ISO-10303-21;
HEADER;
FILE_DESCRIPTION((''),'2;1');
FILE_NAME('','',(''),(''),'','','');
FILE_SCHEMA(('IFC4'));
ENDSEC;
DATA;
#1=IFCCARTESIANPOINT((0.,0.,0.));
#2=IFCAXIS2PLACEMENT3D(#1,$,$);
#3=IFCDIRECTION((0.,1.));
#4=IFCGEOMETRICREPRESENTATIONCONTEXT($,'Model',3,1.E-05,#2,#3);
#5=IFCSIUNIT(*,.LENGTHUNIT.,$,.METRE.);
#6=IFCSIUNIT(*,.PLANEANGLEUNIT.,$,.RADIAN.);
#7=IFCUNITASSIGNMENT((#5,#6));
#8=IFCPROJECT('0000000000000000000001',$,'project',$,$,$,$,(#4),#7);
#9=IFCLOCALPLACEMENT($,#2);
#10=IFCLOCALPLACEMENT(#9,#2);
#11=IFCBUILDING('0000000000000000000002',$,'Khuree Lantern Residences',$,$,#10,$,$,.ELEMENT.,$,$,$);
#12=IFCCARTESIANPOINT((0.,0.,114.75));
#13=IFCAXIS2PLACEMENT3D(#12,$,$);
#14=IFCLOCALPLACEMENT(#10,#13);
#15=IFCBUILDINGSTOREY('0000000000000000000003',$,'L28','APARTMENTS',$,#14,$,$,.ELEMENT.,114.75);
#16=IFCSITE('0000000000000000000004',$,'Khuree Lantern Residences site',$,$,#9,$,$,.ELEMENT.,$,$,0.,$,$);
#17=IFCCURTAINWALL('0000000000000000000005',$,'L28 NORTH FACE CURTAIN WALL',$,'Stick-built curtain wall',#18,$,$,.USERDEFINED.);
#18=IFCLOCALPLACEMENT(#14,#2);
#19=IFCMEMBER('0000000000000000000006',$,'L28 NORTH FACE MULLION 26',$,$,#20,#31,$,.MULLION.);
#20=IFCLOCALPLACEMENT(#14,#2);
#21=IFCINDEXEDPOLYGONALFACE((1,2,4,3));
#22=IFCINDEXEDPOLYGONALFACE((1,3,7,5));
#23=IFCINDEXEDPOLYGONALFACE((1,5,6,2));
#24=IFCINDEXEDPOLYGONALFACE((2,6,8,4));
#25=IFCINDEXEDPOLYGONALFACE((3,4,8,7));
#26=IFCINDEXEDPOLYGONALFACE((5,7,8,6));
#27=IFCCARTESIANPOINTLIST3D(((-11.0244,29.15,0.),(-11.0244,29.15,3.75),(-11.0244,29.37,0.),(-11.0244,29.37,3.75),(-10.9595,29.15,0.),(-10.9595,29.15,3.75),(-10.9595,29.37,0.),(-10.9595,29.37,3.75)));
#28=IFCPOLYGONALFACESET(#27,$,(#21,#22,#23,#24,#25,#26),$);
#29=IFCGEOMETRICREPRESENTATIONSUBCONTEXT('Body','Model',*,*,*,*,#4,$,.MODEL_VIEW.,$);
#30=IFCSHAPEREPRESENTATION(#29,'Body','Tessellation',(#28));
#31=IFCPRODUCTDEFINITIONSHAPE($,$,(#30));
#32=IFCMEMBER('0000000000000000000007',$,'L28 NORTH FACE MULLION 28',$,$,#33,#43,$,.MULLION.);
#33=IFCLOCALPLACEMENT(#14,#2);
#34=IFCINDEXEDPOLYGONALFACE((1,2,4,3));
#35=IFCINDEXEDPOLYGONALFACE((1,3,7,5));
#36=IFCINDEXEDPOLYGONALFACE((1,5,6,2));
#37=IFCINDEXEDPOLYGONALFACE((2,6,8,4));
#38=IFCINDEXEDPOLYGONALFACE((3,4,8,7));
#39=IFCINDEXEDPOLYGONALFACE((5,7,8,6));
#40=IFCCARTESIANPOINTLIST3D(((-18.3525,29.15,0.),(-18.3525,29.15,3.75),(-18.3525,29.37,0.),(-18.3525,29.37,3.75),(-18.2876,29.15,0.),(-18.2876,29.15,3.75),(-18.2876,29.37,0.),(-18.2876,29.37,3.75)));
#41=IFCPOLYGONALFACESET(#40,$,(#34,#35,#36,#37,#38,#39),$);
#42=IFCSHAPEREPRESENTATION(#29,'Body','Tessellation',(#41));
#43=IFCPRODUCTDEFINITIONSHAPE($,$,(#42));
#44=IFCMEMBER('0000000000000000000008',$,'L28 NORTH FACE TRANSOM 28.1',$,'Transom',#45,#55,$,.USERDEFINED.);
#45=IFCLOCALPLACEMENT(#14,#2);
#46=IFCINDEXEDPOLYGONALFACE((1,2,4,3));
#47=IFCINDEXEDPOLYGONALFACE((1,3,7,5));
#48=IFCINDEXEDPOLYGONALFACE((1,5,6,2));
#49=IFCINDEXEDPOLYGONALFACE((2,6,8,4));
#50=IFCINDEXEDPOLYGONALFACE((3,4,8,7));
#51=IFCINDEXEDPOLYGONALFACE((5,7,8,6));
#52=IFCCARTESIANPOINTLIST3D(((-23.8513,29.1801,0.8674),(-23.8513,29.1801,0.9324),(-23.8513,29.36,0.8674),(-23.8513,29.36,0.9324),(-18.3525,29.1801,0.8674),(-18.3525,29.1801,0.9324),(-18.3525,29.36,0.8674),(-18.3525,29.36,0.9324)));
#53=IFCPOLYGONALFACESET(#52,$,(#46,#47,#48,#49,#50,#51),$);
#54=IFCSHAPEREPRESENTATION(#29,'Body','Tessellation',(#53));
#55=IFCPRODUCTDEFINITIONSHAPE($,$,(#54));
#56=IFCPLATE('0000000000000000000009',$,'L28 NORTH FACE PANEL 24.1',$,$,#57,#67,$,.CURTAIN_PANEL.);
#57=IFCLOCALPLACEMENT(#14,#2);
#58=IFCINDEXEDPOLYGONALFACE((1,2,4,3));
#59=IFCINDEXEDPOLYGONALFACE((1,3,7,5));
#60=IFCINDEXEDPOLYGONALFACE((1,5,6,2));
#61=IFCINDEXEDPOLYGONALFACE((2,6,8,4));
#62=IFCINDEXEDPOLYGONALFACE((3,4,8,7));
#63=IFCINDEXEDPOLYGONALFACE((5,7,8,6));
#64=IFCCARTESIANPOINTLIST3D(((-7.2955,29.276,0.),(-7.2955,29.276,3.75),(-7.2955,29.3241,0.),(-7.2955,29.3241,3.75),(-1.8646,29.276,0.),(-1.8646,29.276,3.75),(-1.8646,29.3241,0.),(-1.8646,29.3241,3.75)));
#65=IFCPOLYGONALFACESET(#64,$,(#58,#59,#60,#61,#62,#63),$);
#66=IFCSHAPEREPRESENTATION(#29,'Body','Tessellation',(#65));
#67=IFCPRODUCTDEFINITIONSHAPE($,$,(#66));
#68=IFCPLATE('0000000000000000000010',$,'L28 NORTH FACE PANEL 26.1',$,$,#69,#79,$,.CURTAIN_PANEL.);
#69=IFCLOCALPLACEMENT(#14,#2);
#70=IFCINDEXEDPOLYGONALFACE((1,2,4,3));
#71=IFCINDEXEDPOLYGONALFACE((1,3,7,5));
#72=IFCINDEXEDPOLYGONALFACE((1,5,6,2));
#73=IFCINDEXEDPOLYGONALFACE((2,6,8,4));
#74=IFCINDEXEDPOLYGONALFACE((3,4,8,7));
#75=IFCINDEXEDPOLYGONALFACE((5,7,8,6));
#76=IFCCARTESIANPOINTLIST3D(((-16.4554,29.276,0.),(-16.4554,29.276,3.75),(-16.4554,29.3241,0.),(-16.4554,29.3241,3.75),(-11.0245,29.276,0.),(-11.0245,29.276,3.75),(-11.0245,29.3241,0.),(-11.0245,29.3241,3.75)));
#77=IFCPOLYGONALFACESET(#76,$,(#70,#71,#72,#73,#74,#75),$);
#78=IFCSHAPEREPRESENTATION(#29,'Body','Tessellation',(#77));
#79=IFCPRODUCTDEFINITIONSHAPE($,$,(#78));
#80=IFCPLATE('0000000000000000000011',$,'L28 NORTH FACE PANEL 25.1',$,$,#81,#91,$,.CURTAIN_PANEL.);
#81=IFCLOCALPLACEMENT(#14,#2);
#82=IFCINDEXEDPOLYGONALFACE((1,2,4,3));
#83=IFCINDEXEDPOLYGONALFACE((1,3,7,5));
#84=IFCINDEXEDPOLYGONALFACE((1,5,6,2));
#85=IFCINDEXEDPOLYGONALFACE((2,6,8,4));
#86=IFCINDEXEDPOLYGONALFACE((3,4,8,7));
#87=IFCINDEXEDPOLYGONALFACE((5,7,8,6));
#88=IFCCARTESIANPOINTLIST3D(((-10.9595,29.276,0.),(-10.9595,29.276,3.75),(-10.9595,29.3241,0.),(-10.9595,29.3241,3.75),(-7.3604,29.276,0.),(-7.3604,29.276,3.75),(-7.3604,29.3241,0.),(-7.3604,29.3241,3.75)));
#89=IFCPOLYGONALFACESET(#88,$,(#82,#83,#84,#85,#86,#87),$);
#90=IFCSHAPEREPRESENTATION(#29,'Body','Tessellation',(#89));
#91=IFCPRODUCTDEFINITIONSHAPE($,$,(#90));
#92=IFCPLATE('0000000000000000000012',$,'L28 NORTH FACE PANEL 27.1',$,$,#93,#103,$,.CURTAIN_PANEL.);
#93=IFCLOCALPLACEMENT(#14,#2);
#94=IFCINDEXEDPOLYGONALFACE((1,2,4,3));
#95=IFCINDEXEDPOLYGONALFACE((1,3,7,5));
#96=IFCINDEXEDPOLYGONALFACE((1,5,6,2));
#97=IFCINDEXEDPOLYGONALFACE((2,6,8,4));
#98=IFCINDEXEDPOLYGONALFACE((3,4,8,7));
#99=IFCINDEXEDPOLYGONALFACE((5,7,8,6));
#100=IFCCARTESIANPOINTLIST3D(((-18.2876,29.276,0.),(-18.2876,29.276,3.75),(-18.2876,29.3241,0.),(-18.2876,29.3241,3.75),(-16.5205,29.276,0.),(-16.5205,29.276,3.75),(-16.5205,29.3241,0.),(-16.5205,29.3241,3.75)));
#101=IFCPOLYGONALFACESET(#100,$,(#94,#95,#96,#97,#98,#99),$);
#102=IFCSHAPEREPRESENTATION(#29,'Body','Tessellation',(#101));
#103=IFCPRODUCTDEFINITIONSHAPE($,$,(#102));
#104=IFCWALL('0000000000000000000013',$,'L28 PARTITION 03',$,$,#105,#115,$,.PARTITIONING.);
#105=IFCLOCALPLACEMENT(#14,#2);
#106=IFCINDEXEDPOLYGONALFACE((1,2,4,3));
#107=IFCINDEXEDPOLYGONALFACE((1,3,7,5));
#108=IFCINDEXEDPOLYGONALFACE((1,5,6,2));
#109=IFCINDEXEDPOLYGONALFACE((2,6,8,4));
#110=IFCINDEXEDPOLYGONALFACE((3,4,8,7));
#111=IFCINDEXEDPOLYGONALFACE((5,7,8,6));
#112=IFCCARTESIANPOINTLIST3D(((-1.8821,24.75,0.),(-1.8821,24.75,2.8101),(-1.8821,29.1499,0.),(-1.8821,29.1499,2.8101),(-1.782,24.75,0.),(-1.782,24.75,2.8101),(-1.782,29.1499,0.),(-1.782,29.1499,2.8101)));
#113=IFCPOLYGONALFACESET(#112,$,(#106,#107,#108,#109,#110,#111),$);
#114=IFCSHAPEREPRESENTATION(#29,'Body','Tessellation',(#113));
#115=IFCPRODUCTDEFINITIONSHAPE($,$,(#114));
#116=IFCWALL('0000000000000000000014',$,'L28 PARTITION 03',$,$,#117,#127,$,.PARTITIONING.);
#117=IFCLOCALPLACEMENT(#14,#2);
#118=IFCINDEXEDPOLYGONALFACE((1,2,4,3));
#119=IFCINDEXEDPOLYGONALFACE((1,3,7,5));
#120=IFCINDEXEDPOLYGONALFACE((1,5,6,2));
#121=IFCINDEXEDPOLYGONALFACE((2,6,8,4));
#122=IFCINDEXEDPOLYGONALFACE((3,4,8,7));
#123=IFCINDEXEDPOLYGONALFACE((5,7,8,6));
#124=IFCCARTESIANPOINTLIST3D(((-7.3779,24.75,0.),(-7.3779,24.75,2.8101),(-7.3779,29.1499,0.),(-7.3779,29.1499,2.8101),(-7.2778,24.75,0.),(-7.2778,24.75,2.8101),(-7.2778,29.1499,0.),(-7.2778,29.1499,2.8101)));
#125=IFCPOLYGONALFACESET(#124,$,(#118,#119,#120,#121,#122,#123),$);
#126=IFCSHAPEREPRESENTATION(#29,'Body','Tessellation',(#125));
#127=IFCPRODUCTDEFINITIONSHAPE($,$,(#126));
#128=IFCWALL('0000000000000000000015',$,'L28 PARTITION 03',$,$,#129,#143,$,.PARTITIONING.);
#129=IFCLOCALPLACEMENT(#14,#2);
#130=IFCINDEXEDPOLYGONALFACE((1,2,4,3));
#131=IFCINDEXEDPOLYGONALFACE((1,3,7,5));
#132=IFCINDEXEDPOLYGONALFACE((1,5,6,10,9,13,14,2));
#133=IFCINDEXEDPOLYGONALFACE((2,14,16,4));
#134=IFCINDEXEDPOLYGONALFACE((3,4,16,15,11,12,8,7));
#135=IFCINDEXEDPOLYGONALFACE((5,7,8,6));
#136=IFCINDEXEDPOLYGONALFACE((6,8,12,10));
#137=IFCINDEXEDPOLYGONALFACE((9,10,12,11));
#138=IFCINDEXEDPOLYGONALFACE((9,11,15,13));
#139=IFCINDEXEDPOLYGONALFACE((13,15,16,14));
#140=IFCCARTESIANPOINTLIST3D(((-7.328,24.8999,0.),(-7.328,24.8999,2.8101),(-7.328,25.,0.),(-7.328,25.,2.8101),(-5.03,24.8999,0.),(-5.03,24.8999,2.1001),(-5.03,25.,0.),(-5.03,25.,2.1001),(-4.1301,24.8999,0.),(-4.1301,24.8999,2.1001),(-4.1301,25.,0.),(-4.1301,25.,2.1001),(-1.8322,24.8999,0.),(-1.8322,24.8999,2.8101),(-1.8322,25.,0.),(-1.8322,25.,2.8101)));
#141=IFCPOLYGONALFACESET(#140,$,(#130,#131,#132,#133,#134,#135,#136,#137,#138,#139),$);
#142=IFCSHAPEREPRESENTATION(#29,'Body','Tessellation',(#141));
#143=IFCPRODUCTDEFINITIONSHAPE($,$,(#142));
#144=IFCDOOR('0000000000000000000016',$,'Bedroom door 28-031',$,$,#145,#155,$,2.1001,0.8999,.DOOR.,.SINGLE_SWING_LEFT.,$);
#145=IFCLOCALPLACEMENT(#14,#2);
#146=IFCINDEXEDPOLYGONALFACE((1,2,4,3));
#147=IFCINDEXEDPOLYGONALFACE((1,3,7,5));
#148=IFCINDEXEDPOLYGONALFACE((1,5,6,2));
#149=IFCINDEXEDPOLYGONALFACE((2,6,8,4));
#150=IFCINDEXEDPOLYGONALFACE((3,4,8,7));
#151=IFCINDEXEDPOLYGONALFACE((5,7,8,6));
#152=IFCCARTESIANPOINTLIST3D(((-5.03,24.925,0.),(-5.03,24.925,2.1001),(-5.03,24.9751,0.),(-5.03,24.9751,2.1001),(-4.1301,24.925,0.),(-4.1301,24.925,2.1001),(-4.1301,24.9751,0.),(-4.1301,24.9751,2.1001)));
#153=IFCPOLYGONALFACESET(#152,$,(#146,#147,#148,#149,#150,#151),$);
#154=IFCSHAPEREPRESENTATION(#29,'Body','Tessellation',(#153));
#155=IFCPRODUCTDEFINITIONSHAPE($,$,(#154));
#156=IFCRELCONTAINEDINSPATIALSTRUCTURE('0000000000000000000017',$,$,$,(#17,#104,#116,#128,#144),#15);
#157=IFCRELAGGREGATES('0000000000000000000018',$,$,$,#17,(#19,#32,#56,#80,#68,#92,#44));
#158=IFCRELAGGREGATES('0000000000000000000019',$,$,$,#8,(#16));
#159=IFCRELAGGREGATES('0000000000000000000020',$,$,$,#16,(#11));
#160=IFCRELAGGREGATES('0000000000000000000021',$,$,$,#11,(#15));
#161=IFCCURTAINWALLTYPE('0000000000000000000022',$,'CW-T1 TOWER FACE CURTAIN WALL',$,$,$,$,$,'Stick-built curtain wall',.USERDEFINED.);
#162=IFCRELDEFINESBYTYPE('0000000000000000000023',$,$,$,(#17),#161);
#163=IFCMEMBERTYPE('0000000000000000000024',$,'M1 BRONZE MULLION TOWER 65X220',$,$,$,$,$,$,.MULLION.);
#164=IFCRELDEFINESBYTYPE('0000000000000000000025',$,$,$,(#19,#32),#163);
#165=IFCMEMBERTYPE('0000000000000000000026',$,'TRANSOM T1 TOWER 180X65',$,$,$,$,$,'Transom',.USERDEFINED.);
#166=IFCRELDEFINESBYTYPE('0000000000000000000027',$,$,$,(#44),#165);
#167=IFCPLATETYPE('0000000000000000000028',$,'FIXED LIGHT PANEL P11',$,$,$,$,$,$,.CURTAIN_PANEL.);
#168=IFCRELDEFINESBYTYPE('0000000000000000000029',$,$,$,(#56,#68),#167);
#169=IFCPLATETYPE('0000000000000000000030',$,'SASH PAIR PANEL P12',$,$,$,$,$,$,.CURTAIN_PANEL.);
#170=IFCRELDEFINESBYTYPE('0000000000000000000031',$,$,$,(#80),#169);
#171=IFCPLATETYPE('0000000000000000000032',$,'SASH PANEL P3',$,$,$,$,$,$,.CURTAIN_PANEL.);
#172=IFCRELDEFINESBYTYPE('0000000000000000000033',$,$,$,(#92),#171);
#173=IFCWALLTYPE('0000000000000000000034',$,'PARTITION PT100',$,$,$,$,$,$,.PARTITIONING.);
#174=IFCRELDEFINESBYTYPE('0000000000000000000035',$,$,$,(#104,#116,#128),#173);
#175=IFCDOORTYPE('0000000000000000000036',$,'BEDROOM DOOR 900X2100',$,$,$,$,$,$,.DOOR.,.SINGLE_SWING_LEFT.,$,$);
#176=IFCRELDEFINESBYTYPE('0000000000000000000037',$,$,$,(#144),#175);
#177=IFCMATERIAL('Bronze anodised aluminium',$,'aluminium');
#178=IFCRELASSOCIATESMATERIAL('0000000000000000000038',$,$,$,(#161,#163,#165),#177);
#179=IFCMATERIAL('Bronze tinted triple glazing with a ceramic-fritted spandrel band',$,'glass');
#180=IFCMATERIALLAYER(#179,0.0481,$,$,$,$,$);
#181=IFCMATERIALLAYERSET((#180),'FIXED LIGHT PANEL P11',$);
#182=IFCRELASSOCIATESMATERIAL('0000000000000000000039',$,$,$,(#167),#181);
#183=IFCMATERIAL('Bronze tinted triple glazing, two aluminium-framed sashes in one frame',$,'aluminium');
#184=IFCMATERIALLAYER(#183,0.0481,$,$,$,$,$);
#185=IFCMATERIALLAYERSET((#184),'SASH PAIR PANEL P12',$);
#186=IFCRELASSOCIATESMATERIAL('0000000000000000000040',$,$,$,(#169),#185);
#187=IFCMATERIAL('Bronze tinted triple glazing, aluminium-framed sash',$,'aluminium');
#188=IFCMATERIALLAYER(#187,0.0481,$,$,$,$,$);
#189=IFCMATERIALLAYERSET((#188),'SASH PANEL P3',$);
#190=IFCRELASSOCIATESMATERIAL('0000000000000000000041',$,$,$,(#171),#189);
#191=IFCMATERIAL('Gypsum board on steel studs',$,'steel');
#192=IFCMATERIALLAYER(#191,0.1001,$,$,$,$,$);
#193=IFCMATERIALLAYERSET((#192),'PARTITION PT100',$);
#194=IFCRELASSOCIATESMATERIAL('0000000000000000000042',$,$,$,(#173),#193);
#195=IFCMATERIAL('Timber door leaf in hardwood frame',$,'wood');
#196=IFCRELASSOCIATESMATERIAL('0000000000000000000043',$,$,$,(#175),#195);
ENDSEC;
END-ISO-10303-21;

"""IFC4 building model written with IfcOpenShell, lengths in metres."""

from ifc_helpers import new_model, si_unit, direction, frame, frame_2d, origin, origin_2d, place, context, subcontext, project, spatial, rectangle, extrude, material, layer, layer_set, material_profile, profile_set, type_object, element, fill, aggregate, save


model = new_model("IFC4")

# Units and contexts
model_context = context("Model", 3, precision=1e-05, world=origin(), true_north=direction((0.0, 1.0)))
body_context = subcontext(model_context, "Body", "Model", "MODEL_VIEW")
ifc_project = project(units=[si_unit("LENGTHUNIT", "METRE"), si_unit("PLANEANGLEUNIT", "RADIAN")], contexts=[model_context])

# Site, building, storey
site_placement = place(None, origin())
site = spatial("IfcSite", under=ifc_project, at=site_placement, Name="Khuree Lantern Residences site", CompositionType="ELEMENT", RefElevation=0.0)
building_placement = place(site_placement, origin())
building = spatial("IfcBuilding", under=site, at=building_placement, Name="Khuree Lantern Residences", CompositionType="ELEMENT")
storey_placement = place(building_placement, frame((0.0, 0.0, 114.75)))
storey = spatial("IfcBuildingStorey", under=building, at=storey_placement, Name="L28", Description="APARTMENTS", CompositionType="ELEMENT", Elevation=114.75)

# Curtain wall
ifc_material_1 = material(Name="Bronze anodised aluminium", Category="aluminium")
curtain_wall_type = type_object("IfcCurtainWallType", Name="CW-T1 TOWER FACE CURTAIN WALL", ElementType="Stick-built curtain wall", PredefinedType="USERDEFINED", material=ifc_material_1)
curtain_wall_placement = place(storey_placement, origin())
curtain_wall = element("IfcCurtainWall", 1, at=curtain_wall_placement, inside=storey, type_object=curtain_wall_type, Name="L28 NORTH FACE CURTAIN WALL", ObjectType="Stick-built curtain wall", PredefinedType="USERDEFINED")

# Members
ifc_material_profile_1 = material_profile(ifc_material_1, rectangle(XDim=0.0649, YDim=0.22, at=origin_2d()), Name="M1 65X220")
ifc_profile_set_1 = profile_set([ifc_material_profile_1], Name="Bronze anodised aluminium")
member_type_1 = type_object("IfcMemberType", Name="M1 BRONZE MULLION TOWER 65X220", PredefinedType="MULLION", material=ifc_profile_set_1)
member_1_placement = place(storey_placement, frame((-10.9919, 29.26, 0.0), z_axis=(0.0, 0.0, 1.0), x_axis=(-1.0, 0.0, 0.0)))
member_1 = element("IfcMember", 2, at=member_1_placement, type_object=member_type_1, Name="L28 NORTH FACE MULLION 26", PredefinedType="MULLION", context=body_context, shape_type="SweptSolid", body=[
    extrude(rectangle(XDim=0.0649, YDim=0.22, at=origin_2d()), origin(), (0.0, 0.0, 1.0), 3.75),
])
member_2_placement = place(storey_placement, frame((-18.3201, 29.26, 0.0), z_axis=(0.0, 0.0, 1.0), x_axis=(-1.0, 0.0, 0.0)))
member_2 = element("IfcMember", 3, at=member_2_placement, type_object=member_type_1, Name="L28 NORTH FACE MULLION 28", PredefinedType="MULLION", context=body_context, shape_type="SweptSolid", body=[
    extrude(rectangle(XDim=0.0649, YDim=0.22, at=origin_2d()), origin(), (0.0, 0.0, 1.0), 3.75),
])
ifc_material_profile_2 = material_profile(ifc_material_1, rectangle(XDim=0.1799, YDim=0.0649, at=origin_2d()), Name="T1 180X65")
ifc_profile_set_2 = profile_set([ifc_material_profile_2], Name="Bronze anodised aluminium")
member_type_2 = type_object("IfcMemberType", Name="TRANSOM T1 TOWER 180X65", ElementType="Transom", PredefinedType="USERDEFINED", material=ifc_profile_set_2)
member_3_placement = place(storey_placement, frame((-18.3525, 29.27, 0.8999), z_axis=(-1.0, 0.0, 0.0), x_axis=(0.0, -1.0, 0.0)))
member_3 = element("IfcMember", 4, at=member_3_placement, type_object=member_type_2, Name="L28 NORTH FACE TRANSOM 28.1", ObjectType="Transom", PredefinedType="USERDEFINED", context=body_context, shape_type="SweptSolid", body=[
    extrude(rectangle(XDim=0.1799, YDim=0.0649, at=origin_2d()), origin(), (0.0, 0.0, 1.0), 5.4988),
])

# Plates
ifc_material_2 = material(Name="Bronze tinted triple glazing with a ceramic-fritted spandrel band", Category="glass")
ifc_layer_1 = layer(ifc_material_2, 0.0481)
ifc_layer_set_1 = layer_set([ifc_layer_1], Name="FIXED LIGHT PANEL P11")
plate_type_1 = type_object("IfcPlateType", Name="FIXED LIGHT PANEL P11", PredefinedType="CURTAIN_PANEL", material=ifc_layer_set_1)
plate_1_placement = place(storey_placement, frame((-4.5801, 29.3, 0.0), z_axis=(0.0, 0.0, 1.0), x_axis=(-1.0, 0.0, 0.0)))
plate_1 = element("IfcPlate", 5, at=plate_1_placement, type_object=plate_type_1, Name="L28 NORTH FACE PANEL 24.1", PredefinedType="CURTAIN_PANEL", context=body_context, shape_type="SweptSolid", body=[
    extrude(rectangle(XDim=5.4309, YDim=0.0481, at=origin_2d()), origin(), (0.0, 0.0, 1.0), 3.75),
])
plate_2_placement = place(storey_placement, frame((-13.74, 29.3, 0.0), z_axis=(0.0, 0.0, 1.0), x_axis=(-1.0, 0.0, 0.0)))
plate_2 = element("IfcPlate", 6, at=plate_2_placement, type_object=plate_type_1, Name="L28 NORTH FACE PANEL 26.1", PredefinedType="CURTAIN_PANEL", context=body_context, shape_type="SweptSolid", body=[
    extrude(rectangle(XDim=5.4309, YDim=0.0481, at=origin_2d()), origin(), (0.0, 0.0, 1.0), 3.75),
])
ifc_material_3 = material(Name="Bronze tinted triple glazing, two aluminium-framed sashes in one frame", Category="aluminium")
ifc_layer_2 = layer(ifc_material_3, 0.0481)
ifc_layer_set_2 = layer_set([ifc_layer_2], Name="SASH PAIR PANEL P12")
plate_type_2 = type_object("IfcPlateType", Name="SASH PAIR PANEL P12", PredefinedType="CURTAIN_PANEL", material=ifc_layer_set_2)
plate_3_placement = place(storey_placement, frame((-9.1599, 29.3, 0.0), z_axis=(0.0, 0.0, 1.0), x_axis=(-1.0, 0.0, 0.0)))
plate_3 = element("IfcPlate", 7, at=plate_3_placement, type_object=plate_type_2, Name="L28 NORTH FACE PANEL 25.1", PredefinedType="CURTAIN_PANEL", context=body_context, shape_type="SweptSolid", body=[
    extrude(rectangle(XDim=3.5991, YDim=0.0481, at=origin_2d()), origin(), (0.0, 0.0, 1.0), 3.75),
])
ifc_material_4 = material(Name="Bronze tinted triple glazing, aluminium-framed sash", Category="aluminium")
ifc_layer_3 = layer(ifc_material_4, 0.0481)
ifc_layer_set_3 = layer_set([ifc_layer_3], Name="SASH PANEL P3")
plate_type_3 = type_object("IfcPlateType", Name="SASH PANEL P3", PredefinedType="CURTAIN_PANEL", material=ifc_layer_set_3)
plate_4_placement = place(storey_placement, frame((-17.4041, 29.3, 0.0), z_axis=(0.0, 0.0, 1.0), x_axis=(-1.0, 0.0, 0.0)))
plate_4 = element("IfcPlate", 8, at=plate_4_placement, type_object=plate_type_3, Name="L28 NORTH FACE PANEL 27.1", PredefinedType="CURTAIN_PANEL", context=body_context, shape_type="SweptSolid", body=[
    extrude(rectangle(XDim=1.7671, YDim=0.0481, at=origin_2d()), origin(), (0.0, 0.0, 1.0), 3.75),
])
aggregate(curtain_wall, [member_1, member_2, plate_1, plate_3, plate_2, plate_4, member_3])

# Walls
ifc_material_5 = material(Name="Gypsum board on steel studs", Category="steel")
ifc_layer_4 = layer(ifc_material_5, 0.1001)
ifc_layer_set_4 = layer_set([ifc_layer_4], Name="PARTITION PT100")
wall_type = type_object("IfcWallType", Name="PARTITION PT100", PredefinedType="PARTITIONING", material=ifc_layer_set_4)
for number, where, z_axis, x_axis, name in (
    (9, (-1.832, 24.75, 0.0), (0.0, 0.0, 1.0), (0.0, 1.0, 0.0), "L28 PARTITION 03"),
    (10, (-7.3279, 24.75, 0.0), (0.0, 0.0, 1.0), (0.0, 1.0, 0.0), "L28 PARTITION 03"),
):
    element("IfcWall", number, at=place(storey_placement, frame(where, z_axis=z_axis, x_axis=x_axis)), inside=storey, type_object=wall_type, Name=name, PredefinedType="PARTITIONING", context=body_context, shape_type="SweptSolid", body=[
        extrude(rectangle(XDim=4.3999, YDim=0.1001, at=frame_2d((2.2, 0.0))), origin(), (0.0, 0.0, 1.0), 2.8101),
    ])

# Wall, opening, door
wall_1_placement = place(storey_placement, frame((-1.832, 24.95, 0.0), z_axis=(0.0, 0.0, 1.0), x_axis=(-1.0, 0.0, 0.0)))
wall_1 = element("IfcWall", 11, at=wall_1_placement, inside=storey, type_object=wall_type, Name="L28 PARTITION 03", PredefinedType="PARTITIONING", context=body_context, shape_type="SweptSolid", body=[
    extrude(rectangle(XDim=5.4958, YDim=0.1001, at=frame_2d((2.748, 0.0))), origin(), (0.0, 0.0, 1.0), 2.8101),
])
opening_1_placement = place(wall_1_placement, frame((2.2981, 0.0, 0.0)))
opening_1 = element("IfcOpeningElement", 12, at=opening_1_placement, cuts=wall_1, PredefinedType="OPENING", context=body_context, shape_type="SweptSolid", body=[
    extrude(rectangle(XDim=0.8999, YDim=2.1001, at=frame_2d((0.45, 1.05))), frame((0.0, 0.0601, 0.0), z_axis=(0.0, -1.0, 0.0), x_axis=(1.0, 0.0, 0.0)), (0.0, 0.0, 1.0), 0.1201),
])
ifc_material_6 = material(Name="Timber door leaf in hardwood frame", Category="wood")
door_type = type_object("IfcDoorType", Name="BEDROOM DOOR 900X2100", OperationType="SINGLE_SWING_LEFT", PredefinedType="DOOR", material=ifc_material_6)
door_1_placement = place(opening_1_placement, origin())
door_1 = element("IfcDoor", 13, at=door_1_placement, inside=storey, type_object=door_type, Name="Bedroom door 28-031", OperationType="SINGLE_SWING_LEFT", OverallHeight=2.1001, OverallWidth=0.8999, PredefinedType="DOOR", context=body_context, shape_type="SweptSolid", body=[
    extrude(rectangle(XDim=0.8999, YDim=2.1001, at=frame_2d((0.45, 1.05))), frame((0.0, 0.0249, 0.0), z_axis=(0.0, -1.0, 0.0), x_axis=(1.0, 0.0, 0.0)), (0.0, 0.0, 1.0), 0.05),
])
fill(opening_1, door_1)

save(model, "model.ifc")
